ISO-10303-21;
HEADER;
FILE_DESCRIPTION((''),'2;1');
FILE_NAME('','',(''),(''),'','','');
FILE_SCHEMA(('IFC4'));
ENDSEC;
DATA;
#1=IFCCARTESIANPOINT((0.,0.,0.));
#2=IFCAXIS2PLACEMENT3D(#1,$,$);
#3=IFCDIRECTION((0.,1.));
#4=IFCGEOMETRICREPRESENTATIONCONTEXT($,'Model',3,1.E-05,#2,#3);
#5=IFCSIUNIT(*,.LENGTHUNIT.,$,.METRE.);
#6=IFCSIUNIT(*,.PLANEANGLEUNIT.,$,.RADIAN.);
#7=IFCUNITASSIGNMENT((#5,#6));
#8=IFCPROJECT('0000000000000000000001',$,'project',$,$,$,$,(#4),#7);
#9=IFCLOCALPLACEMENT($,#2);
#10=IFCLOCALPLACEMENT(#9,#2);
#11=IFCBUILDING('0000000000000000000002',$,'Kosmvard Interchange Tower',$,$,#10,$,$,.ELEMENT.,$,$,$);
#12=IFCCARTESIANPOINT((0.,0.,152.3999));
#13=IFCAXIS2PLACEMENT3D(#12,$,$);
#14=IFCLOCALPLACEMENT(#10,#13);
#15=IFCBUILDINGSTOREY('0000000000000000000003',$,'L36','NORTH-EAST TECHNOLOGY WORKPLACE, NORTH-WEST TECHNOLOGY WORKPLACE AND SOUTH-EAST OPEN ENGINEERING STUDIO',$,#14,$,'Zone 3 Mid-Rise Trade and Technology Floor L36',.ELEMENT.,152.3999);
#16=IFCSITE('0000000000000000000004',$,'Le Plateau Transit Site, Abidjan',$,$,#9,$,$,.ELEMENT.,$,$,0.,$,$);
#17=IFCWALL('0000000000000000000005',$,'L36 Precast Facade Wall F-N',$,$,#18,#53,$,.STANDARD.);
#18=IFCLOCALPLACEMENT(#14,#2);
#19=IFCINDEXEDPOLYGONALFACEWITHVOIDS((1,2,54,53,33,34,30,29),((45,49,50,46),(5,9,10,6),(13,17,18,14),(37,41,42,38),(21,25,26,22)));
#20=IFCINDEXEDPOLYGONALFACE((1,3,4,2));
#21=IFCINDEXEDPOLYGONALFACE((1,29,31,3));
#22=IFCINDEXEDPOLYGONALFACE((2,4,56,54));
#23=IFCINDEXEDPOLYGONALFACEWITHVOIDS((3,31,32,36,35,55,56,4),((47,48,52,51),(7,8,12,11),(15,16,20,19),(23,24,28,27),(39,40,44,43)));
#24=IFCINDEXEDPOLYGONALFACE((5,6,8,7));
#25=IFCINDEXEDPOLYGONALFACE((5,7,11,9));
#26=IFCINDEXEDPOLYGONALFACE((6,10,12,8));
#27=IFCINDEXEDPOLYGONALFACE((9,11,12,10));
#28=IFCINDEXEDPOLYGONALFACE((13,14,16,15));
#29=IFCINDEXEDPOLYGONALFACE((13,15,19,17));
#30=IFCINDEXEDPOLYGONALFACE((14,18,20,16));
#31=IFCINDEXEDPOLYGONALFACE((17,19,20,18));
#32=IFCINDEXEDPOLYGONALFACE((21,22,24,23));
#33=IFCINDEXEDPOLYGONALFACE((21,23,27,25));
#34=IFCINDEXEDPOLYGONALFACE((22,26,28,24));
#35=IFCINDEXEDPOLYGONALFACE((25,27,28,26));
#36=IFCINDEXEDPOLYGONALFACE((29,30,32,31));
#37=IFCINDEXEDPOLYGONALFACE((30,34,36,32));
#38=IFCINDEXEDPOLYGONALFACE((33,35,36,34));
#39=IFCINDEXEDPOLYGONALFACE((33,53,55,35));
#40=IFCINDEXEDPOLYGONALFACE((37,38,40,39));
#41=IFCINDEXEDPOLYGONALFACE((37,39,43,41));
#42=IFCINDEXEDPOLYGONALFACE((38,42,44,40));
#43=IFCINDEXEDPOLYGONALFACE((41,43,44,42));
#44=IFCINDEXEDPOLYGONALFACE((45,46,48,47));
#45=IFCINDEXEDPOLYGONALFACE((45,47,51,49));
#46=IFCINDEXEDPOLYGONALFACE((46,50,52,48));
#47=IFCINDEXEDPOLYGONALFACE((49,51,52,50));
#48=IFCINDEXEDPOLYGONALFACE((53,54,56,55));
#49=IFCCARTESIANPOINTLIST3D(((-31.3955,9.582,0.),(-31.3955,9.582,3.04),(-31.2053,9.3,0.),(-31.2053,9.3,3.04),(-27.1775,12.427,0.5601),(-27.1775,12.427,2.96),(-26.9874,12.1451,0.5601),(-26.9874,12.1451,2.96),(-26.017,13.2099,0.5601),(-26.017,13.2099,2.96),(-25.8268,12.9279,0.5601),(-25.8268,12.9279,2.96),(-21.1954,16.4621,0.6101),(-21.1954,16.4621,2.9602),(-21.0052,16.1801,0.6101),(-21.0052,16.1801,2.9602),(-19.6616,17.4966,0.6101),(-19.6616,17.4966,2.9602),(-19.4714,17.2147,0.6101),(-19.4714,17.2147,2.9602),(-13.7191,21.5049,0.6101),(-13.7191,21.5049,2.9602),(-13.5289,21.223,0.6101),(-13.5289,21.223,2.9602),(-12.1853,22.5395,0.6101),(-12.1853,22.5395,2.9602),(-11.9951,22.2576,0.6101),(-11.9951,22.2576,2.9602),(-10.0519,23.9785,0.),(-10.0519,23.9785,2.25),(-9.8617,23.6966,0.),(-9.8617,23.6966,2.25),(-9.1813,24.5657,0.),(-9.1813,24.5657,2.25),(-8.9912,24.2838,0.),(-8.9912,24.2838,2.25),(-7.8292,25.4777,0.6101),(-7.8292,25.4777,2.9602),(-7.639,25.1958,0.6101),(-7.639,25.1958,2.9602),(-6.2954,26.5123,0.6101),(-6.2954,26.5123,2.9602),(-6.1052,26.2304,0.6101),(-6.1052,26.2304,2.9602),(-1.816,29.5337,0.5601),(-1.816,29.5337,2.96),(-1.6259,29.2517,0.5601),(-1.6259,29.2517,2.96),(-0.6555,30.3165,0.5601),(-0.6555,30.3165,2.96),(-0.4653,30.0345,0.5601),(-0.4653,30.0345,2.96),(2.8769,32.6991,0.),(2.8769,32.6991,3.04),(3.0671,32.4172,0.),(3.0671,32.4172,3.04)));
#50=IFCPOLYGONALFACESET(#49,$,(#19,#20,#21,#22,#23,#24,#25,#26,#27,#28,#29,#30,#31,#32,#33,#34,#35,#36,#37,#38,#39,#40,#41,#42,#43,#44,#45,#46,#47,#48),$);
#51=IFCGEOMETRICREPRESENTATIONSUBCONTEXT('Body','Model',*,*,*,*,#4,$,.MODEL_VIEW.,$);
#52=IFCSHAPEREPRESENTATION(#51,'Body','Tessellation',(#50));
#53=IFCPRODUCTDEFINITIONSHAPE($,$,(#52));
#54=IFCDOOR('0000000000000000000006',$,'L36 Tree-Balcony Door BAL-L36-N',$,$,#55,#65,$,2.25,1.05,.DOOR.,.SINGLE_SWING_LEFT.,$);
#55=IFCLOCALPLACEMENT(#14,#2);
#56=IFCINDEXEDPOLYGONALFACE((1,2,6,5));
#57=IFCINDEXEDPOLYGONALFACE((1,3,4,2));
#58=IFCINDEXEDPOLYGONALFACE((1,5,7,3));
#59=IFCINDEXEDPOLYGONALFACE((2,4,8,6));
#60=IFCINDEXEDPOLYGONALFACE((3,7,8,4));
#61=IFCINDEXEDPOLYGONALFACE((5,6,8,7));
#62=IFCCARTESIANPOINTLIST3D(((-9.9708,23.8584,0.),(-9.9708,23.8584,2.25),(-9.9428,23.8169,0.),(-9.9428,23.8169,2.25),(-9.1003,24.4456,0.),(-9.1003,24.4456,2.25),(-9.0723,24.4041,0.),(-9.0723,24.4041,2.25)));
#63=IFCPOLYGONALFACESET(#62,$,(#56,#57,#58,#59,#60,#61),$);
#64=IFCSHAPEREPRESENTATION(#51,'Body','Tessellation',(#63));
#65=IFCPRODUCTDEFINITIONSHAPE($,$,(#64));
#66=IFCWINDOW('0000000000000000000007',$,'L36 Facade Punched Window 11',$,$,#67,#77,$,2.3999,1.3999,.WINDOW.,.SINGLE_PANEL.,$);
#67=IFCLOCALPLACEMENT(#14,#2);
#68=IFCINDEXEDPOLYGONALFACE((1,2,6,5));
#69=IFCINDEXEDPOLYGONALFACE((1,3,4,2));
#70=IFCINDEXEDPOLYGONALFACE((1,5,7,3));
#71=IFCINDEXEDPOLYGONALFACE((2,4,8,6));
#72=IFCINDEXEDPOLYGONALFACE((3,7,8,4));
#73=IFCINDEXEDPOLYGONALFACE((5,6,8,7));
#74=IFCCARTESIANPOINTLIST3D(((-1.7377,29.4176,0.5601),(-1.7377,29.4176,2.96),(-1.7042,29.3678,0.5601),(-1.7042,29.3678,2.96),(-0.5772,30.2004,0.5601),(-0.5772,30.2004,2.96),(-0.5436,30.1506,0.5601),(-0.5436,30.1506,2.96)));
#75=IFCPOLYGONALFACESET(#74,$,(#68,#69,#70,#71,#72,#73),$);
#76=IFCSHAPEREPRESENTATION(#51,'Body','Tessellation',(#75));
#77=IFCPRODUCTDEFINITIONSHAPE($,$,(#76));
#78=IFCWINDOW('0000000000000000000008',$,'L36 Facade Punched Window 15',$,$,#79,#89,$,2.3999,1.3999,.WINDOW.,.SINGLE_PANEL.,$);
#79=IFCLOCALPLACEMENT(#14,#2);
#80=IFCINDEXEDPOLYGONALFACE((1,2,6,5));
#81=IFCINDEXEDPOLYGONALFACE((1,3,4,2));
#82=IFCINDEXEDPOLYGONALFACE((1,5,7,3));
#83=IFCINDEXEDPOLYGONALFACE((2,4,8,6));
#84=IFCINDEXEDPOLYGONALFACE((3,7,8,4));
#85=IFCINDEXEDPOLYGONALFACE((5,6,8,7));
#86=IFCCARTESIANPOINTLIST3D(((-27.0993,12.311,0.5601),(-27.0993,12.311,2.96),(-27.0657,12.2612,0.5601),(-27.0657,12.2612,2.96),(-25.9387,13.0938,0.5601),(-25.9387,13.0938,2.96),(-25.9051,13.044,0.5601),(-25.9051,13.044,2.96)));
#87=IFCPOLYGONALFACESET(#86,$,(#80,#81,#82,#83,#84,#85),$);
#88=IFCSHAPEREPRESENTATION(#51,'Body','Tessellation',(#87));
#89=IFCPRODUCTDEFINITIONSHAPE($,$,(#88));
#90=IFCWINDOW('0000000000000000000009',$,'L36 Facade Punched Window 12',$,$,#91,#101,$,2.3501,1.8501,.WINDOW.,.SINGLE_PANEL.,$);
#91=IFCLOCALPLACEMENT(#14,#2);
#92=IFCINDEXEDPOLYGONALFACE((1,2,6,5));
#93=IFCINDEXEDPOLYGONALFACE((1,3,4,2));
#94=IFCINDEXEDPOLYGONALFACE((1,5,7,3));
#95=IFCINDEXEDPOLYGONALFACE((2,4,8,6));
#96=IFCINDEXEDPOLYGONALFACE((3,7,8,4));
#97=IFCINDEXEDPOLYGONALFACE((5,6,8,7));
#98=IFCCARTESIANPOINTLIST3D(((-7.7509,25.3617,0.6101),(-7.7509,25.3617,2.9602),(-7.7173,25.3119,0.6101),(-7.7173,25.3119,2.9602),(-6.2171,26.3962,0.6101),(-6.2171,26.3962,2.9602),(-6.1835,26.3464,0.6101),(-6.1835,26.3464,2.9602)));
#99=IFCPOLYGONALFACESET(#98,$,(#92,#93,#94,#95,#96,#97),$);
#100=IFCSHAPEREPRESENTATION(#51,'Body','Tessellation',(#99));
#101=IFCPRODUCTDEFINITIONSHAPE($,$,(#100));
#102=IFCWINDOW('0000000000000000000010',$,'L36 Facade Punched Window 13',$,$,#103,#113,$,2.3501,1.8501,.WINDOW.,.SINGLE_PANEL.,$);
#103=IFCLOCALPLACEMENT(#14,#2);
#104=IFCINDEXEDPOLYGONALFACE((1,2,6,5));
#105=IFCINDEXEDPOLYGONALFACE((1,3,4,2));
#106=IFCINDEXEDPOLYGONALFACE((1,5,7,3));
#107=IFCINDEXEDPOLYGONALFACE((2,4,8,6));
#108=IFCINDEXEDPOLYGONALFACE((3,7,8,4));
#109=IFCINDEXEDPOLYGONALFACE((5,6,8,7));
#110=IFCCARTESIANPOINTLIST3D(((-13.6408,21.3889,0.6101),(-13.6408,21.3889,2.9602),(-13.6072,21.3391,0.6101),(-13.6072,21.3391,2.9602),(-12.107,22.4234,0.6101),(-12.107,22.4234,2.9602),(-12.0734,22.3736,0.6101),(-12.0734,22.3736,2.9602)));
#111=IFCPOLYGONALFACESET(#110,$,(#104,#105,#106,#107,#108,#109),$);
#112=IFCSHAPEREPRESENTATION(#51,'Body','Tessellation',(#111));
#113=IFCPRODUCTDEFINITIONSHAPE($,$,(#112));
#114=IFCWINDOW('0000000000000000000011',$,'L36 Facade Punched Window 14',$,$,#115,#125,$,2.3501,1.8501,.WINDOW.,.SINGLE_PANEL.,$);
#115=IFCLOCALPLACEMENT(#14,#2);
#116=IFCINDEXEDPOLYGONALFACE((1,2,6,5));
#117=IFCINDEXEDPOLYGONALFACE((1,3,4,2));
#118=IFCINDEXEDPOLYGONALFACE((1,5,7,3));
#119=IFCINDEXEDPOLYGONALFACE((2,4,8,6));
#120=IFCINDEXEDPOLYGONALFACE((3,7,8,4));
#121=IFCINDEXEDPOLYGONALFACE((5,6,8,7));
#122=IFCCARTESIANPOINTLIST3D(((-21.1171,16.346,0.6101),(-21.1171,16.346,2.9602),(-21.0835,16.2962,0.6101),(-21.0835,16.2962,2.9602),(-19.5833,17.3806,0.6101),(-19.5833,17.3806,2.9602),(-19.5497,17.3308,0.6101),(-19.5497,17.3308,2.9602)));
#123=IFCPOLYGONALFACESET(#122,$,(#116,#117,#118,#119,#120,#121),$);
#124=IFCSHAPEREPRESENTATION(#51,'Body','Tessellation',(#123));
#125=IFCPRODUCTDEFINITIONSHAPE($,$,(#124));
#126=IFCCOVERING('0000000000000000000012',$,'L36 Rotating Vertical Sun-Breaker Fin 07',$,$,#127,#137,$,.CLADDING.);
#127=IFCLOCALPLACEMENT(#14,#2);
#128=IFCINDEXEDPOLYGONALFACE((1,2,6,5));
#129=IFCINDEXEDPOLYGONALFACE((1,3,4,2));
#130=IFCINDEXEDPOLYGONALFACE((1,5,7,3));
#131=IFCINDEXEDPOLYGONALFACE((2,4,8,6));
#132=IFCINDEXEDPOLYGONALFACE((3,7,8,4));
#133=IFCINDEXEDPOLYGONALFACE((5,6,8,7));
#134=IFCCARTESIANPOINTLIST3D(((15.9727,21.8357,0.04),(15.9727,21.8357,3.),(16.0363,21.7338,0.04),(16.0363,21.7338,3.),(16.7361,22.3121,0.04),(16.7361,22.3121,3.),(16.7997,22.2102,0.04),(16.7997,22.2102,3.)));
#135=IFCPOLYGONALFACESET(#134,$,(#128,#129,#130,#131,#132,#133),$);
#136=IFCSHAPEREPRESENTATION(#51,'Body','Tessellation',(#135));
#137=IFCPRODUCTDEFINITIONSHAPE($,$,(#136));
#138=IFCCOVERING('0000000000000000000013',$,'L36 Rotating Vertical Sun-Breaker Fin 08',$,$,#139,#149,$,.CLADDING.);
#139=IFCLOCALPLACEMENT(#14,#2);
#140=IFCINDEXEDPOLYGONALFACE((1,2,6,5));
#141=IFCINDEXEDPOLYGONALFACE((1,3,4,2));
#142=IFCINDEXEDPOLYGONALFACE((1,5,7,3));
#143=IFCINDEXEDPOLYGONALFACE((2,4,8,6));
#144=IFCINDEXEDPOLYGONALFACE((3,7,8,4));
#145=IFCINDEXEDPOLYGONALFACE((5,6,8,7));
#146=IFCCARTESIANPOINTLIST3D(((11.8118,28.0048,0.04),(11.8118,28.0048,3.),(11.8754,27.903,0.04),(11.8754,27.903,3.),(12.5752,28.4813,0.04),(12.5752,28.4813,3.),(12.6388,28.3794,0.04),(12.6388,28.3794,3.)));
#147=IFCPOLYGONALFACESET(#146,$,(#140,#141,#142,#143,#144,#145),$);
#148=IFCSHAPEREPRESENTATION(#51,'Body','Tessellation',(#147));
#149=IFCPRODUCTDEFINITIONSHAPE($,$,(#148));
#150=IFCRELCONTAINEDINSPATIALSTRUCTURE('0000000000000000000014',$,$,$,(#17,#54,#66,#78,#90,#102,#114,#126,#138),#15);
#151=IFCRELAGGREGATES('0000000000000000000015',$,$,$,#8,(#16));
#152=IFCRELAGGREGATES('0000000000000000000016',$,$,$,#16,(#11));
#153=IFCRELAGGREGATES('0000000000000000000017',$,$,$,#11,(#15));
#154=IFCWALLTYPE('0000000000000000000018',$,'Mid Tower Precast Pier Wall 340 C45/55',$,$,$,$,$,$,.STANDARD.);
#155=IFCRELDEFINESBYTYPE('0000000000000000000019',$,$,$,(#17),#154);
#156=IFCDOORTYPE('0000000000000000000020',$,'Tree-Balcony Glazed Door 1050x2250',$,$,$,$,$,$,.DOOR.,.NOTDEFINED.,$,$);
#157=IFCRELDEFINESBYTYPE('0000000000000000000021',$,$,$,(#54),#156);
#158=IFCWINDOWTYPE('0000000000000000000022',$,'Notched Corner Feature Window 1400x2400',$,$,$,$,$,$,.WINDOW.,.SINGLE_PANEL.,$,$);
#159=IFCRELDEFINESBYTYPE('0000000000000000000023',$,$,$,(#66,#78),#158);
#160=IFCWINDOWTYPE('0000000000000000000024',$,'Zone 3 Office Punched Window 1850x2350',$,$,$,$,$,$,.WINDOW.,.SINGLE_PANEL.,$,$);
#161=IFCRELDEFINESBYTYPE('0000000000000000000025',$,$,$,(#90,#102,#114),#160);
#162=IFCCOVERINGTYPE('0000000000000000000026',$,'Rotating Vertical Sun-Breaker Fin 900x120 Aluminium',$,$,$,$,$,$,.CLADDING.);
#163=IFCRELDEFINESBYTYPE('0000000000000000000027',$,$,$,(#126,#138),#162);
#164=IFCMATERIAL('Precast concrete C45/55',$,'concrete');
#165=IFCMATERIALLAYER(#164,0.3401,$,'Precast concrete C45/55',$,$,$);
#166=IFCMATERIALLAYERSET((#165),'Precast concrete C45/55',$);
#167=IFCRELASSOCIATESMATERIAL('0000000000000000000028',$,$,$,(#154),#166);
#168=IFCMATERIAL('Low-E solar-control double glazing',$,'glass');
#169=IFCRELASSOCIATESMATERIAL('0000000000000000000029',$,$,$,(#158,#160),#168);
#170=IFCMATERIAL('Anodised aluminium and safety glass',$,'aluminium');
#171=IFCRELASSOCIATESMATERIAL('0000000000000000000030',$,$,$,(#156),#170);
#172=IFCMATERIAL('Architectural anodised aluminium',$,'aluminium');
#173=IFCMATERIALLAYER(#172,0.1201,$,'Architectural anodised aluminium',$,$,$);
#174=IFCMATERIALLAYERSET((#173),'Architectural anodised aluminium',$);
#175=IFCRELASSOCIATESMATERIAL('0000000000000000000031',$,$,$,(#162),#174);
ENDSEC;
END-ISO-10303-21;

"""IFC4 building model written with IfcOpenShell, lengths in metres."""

from ifc_helpers import new_model, si_unit, direction, frame, frame_2d, origin, origin_2d, place, context, subcontext, project, spatial, rectangle, extrude, source, transform, mapped, material, layer, layer_set, type_object, element, fill, save


model = new_model("IFC4")

# Units and contexts
model_context = context("Model", 3, precision=1e-05, world=origin(), true_north=direction((0.0, 1.0)))
body_context = subcontext(model_context, "Body", "Model", "MODEL_VIEW")
ifc_project = project(units=[si_unit("LENGTHUNIT", "METRE"), si_unit("PLANEANGLEUNIT", "RADIAN")], contexts=[model_context])

# Site, building, storey
site_placement = place(None, origin())
site = spatial("IfcSite", under=ifc_project, at=site_placement, Name="Le Plateau Transit Site, Abidjan", CompositionType="ELEMENT", RefElevation=0.0)
building_placement = place(site_placement, origin())
building = spatial("IfcBuilding", under=site, at=building_placement, Name="Kosmvard Interchange Tower", CompositionType="ELEMENT")
storey_placement = place(building_placement, frame((0.0, 0.0, 152.3999)))
storey = spatial("IfcBuildingStorey", under=building, at=storey_placement, Name="L36", Description="NORTH-EAST TECHNOLOGY WORKPLACE, NORTH-WEST TECHNOLOGY WORKPLACE AND SOUTH-EAST OPEN ENGINEERING STUDIO", LongName="Zone 3 Mid-Rise Trade and Technology Floor L36", CompositionType="ELEMENT", Elevation=152.3999)

# Shared definitions
ifc_material_1 = material(Name="Precast concrete C45/55", Category="concrete")

# Shared definitions
ifc_layer_1 = layer(ifc_material_1, 0.3401, Name="Precast concrete C45/55")
ifc_layer_set_1 = layer_set([ifc_layer_1], Name="Precast concrete C45/55")
wall_type = type_object("IfcWallType", Name="Mid Tower Precast Pier Wall 340 C45/55", PredefinedType="STANDARD", material=ifc_layer_set_1)

# Shared definitions
ifc_material_2 = material(Name="Low-E solar-control double glazing", Category="glass")
window_type_1 = type_object("IfcWindowType", Name="Notched Corner Feature Window 1400x2400", PartitioningType="SINGLE_PANEL", PredefinedType="WINDOW", material=ifc_material_2)
shared_shape_1 = source(origin(), body_context, "Body", "SweptSolid", [
    extrude(rectangle(XDim=1.3999, YDim=2.3999, at=frame_2d((0.7, 1.2))), frame((0.0, 0.03, 0.0), z_axis=(0.0, -1.0, 0.0), x_axis=(1.0, 0.0, 0.0)), (0.0, 0.0, 1.0), 0.0601),
])

# Wall, openings, door, windows
wall_1_placement = place(storey_placement, frame((2.9719, 32.5581, 0.0), z_axis=(0.0, 0.0, 1.0), x_axis=(-0.829036, -0.559195, 0.0)))
wall_1 = element("IfcWall", 1, at=wall_1_placement, inside=storey, type_object=wall_type, Name="L36 Precast Facade Wall F-N", PredefinedType="STANDARD", context=body_context, shape_type="SweptSolid", body=[
    extrude(rectangle(XDim=41.3401, YDim=0.3401, at=frame_2d((20.6699, 0.0))), origin(), (0.0, 0.0, 1.0), 3.04),
])
opening_1_placement = place(wall_1_placement, frame((14.5449, 0.0, 0.0)))
opening_1 = element("IfcOpeningElement", 2, at=opening_1_placement, cuts=wall_1, PredefinedType="OPENING", context=body_context, shape_type="SweptSolid", body=[
    extrude(rectangle(XDim=1.05, YDim=2.25, at=frame_2d((0.5249, 1.125))), frame((0.0, 0.1802, 0.0), z_axis=(0.0, -1.0, 0.0), x_axis=(1.0, 0.0, 0.0)), (0.0, 0.0, 1.0), 0.3601),
])
opening_2_placement = place(wall_1_placement, frame((4.2607, 0.0, 0.5601)))
opening_2 = element("IfcOpeningElement", 3, at=opening_2_placement, cuts=wall_1, PredefinedType="OPENING", context=body_context, shape_type="SweptSolid", body=[
    extrude(rectangle(XDim=1.3999, YDim=2.3999, at=frame_2d((0.7, 1.2))), frame((0.0, 0.1802, 0.0), z_axis=(0.0, -1.0, 0.0), x_axis=(1.0, 0.0, 0.0)), (0.0, 0.0, 1.0), 0.3601),
])
opening_3_placement = place(wall_1_placement, frame((11.0637, 0.0, 0.6101)))
opening_3 = element("IfcOpeningElement", 4, at=opening_3_placement, cuts=wall_1, PredefinedType="OPENING", context=body_context, shape_type="SweptSolid", body=[
    extrude(rectangle(XDim=1.8501, YDim=2.3501, at=frame_2d((0.925, 1.175))), frame((0.0, 0.1802, 0.0), z_axis=(0.0, -1.0, 0.0), x_axis=(1.0, 0.0, 0.0)), (0.0, 0.0, 1.0), 0.3601),
])
opening_4_placement = place(wall_1_placement, frame((18.1682, 0.0, 0.6101)))
opening_4 = element("IfcOpeningElement", 5, at=opening_4_placement, cuts=wall_1, PredefinedType="OPENING", context=body_context, shape_type="SweptSolid", body=[
    extrude(rectangle(XDim=1.8501, YDim=2.3501, at=frame_2d((0.925, 1.175))), frame((0.0, 0.1802, 0.0), z_axis=(0.0, -1.0, 0.0), x_axis=(1.0, 0.0, 0.0)), (0.0, 0.0, 1.0), 0.3601),
])
opening_5_placement = place(wall_1_placement, frame((27.1863, 0.0, 0.6101)))
opening_5 = element("IfcOpeningElement", 6, at=opening_5_placement, cuts=wall_1, PredefinedType="OPENING", context=body_context, shape_type="SweptSolid", body=[
    extrude(rectangle(XDim=1.8501, YDim=2.3501, at=frame_2d((0.925, 1.175))), frame((0.0, 0.1802, 0.0), z_axis=(0.0, -1.0, 0.0), x_axis=(1.0, 0.0, 0.0)), (0.0, 0.0, 1.0), 0.3601),
])
opening_6_placement = place(wall_1_placement, frame((34.8523, 0.0, 0.5601)))
opening_6 = element("IfcOpeningElement", 7, at=opening_6_placement, cuts=wall_1, PredefinedType="OPENING", context=body_context, shape_type="SweptSolid", body=[
    extrude(rectangle(XDim=1.3999, YDim=2.3999, at=frame_2d((0.7, 1.2))), frame((0.0, 0.1802, 0.0), z_axis=(0.0, -1.0, 0.0), x_axis=(1.0, 0.0, 0.0)), (0.0, 0.0, 1.0), 0.3601),
])
ifc_material_3 = material(Name="Anodised aluminium and safety glass", Category="aluminium")
door_type = type_object("IfcDoorType", Name="Tree-Balcony Glazed Door 1050x2250", OperationType="NOTDEFINED", PredefinedType="DOOR", material=ifc_material_3)
shared_shape_2 = source(origin(), body_context, "Body", "SweptSolid", [
    extrude(rectangle(XDim=1.05, YDim=2.25, at=frame_2d((0.5249, 1.125))), frame((0.0, 0.0249, 0.0), z_axis=(0.0, -1.0, 0.0), x_axis=(1.0, 0.0, 0.0)), (0.0, 0.0, 1.0), 0.05),
])
door_placement = place(opening_1_placement, origin())
door = element("IfcDoor", 8, at=door_placement, inside=storey, type_object=door_type, Name="L36 Tree-Balcony Door BAL-L36-N", OperationType="SINGLE_SWING_LEFT", OverallHeight=2.25, OverallWidth=1.05, PredefinedType="DOOR", context=body_context, shape_type="MappedRepresentation", body=[
    mapped(shared_shape_2, transform((0.0, 0.0, 0.0), scale=1.0)),
])
fill(opening_1, door)
window_1_placement = place(opening_2_placement, origin())
window_1 = element("IfcWindow", 9, at=window_1_placement, inside=storey, type_object=window_type_1, Name="L36 Facade Punched Window 11", OverallHeight=2.3999, OverallWidth=1.3999, PartitioningType="SINGLE_PANEL", PredefinedType="WINDOW", context=body_context, shape_type="MappedRepresentation", body=[
    mapped(shared_shape_1, transform((0.0, 0.0, 0.0), scale=1.0)),
])
fill(opening_2, window_1)
window_2_placement = place(opening_6_placement, origin())
window_2 = element("IfcWindow", 10, at=window_2_placement, inside=storey, type_object=window_type_1, Name="L36 Facade Punched Window 15", OverallHeight=2.3999, OverallWidth=1.3999, PartitioningType="SINGLE_PANEL", PredefinedType="WINDOW", context=body_context, shape_type="MappedRepresentation", body=[
    mapped(shared_shape_1, transform((0.0, 0.0, 0.0), scale=1.0)),
])
fill(opening_6, window_2)
window_type_2 = type_object("IfcWindowType", Name="Zone 3 Office Punched Window 1850x2350", PartitioningType="SINGLE_PANEL", PredefinedType="WINDOW", material=ifc_material_2)
shared_shape_3 = source(origin(), body_context, "Body", "SweptSolid", [
    extrude(rectangle(XDim=1.8501, YDim=2.3501, at=frame_2d((0.925, 1.175))), frame((0.0, 0.03, 0.0), z_axis=(0.0, -1.0, 0.0), x_axis=(1.0, 0.0, 0.0)), (0.0, 0.0, 1.0), 0.0601),
])
window_3_placement = place(opening_3_placement, origin())
window_3 = element("IfcWindow", 11, at=window_3_placement, inside=storey, type_object=window_type_2, Name="L36 Facade Punched Window 12", OverallHeight=2.3501, OverallWidth=1.8501, PartitioningType="SINGLE_PANEL", PredefinedType="WINDOW", context=body_context, shape_type="MappedRepresentation", body=[
    mapped(shared_shape_3, transform((0.0, 0.0, 0.0), scale=1.0)),
])
fill(opening_3, window_3)
window_4_placement = place(opening_4_placement, origin())
window_4 = element("IfcWindow", 12, at=window_4_placement, inside=storey, type_object=window_type_2, Name="L36 Facade Punched Window 13", OverallHeight=2.3501, OverallWidth=1.8501, PartitioningType="SINGLE_PANEL", PredefinedType="WINDOW", context=body_context, shape_type="MappedRepresentation", body=[
    mapped(shared_shape_3, transform((0.0, 0.0, 0.0), scale=1.0)),
])
fill(opening_4, window_4)
window_5_placement = place(opening_5_placement, origin())
window_5 = element("IfcWindow", 13, at=window_5_placement, inside=storey, type_object=window_type_2, Name="L36 Facade Punched Window 14", OverallHeight=2.3501, OverallWidth=1.8501, PartitioningType="SINGLE_PANEL", PredefinedType="WINDOW", context=body_context, shape_type="MappedRepresentation", body=[
    mapped(shared_shape_3, transform((0.0, 0.0, 0.0), scale=1.0)),
])
fill(opening_5, window_5)

# Coverings
ifc_material_4 = material(Name="Architectural anodised aluminium", Category="aluminium")
ifc_layer_2 = layer(ifc_material_4, 0.1201, Name="Architectural anodised aluminium")
ifc_layer_set_2 = layer_set([ifc_layer_2], Name="Architectural anodised aluminium")
covering_type = type_object("IfcCoveringType", Name="Rotating Vertical Sun-Breaker Fin 900x120 Aluminium", PredefinedType="CLADDING", material=ifc_layer_set_2)
shared_shape_4 = source(origin(), body_context, "Body", "SweptSolid", [
    extrude(rectangle(XDim=0.8999, YDim=0.1201, at=origin_2d()), origin(), (0.0, 0.0, 1.0), 2.96),
])
for number, where, z_axis, x_axis, name in (
    (14, (16.3862, 22.0229, 0.04), (0.0, 0.0, 1.0), (0.848325, 0.529475, 0.0), "L36 Rotating Vertical Sun-Breaker Fin 07"),
    (15, (12.2253, 28.1921, 0.04), (0.0, 0.0, 1.0), (0.848325, 0.529475, 0.0), "L36 Rotating Vertical Sun-Breaker Fin 08"),
):
    element("IfcCovering", number, at=place(storey_placement, frame(where, z_axis=z_axis, x_axis=x_axis)), inside=storey, type_object=covering_type, Name=name, PredefinedType="CLADDING", context=body_context, shape_type="MappedRepresentation", body=[
        mapped(shared_shape_4, transform((0.0, 0.0, 0.0), scale=1.0)),
    ])

save(model, "model.ifc")
